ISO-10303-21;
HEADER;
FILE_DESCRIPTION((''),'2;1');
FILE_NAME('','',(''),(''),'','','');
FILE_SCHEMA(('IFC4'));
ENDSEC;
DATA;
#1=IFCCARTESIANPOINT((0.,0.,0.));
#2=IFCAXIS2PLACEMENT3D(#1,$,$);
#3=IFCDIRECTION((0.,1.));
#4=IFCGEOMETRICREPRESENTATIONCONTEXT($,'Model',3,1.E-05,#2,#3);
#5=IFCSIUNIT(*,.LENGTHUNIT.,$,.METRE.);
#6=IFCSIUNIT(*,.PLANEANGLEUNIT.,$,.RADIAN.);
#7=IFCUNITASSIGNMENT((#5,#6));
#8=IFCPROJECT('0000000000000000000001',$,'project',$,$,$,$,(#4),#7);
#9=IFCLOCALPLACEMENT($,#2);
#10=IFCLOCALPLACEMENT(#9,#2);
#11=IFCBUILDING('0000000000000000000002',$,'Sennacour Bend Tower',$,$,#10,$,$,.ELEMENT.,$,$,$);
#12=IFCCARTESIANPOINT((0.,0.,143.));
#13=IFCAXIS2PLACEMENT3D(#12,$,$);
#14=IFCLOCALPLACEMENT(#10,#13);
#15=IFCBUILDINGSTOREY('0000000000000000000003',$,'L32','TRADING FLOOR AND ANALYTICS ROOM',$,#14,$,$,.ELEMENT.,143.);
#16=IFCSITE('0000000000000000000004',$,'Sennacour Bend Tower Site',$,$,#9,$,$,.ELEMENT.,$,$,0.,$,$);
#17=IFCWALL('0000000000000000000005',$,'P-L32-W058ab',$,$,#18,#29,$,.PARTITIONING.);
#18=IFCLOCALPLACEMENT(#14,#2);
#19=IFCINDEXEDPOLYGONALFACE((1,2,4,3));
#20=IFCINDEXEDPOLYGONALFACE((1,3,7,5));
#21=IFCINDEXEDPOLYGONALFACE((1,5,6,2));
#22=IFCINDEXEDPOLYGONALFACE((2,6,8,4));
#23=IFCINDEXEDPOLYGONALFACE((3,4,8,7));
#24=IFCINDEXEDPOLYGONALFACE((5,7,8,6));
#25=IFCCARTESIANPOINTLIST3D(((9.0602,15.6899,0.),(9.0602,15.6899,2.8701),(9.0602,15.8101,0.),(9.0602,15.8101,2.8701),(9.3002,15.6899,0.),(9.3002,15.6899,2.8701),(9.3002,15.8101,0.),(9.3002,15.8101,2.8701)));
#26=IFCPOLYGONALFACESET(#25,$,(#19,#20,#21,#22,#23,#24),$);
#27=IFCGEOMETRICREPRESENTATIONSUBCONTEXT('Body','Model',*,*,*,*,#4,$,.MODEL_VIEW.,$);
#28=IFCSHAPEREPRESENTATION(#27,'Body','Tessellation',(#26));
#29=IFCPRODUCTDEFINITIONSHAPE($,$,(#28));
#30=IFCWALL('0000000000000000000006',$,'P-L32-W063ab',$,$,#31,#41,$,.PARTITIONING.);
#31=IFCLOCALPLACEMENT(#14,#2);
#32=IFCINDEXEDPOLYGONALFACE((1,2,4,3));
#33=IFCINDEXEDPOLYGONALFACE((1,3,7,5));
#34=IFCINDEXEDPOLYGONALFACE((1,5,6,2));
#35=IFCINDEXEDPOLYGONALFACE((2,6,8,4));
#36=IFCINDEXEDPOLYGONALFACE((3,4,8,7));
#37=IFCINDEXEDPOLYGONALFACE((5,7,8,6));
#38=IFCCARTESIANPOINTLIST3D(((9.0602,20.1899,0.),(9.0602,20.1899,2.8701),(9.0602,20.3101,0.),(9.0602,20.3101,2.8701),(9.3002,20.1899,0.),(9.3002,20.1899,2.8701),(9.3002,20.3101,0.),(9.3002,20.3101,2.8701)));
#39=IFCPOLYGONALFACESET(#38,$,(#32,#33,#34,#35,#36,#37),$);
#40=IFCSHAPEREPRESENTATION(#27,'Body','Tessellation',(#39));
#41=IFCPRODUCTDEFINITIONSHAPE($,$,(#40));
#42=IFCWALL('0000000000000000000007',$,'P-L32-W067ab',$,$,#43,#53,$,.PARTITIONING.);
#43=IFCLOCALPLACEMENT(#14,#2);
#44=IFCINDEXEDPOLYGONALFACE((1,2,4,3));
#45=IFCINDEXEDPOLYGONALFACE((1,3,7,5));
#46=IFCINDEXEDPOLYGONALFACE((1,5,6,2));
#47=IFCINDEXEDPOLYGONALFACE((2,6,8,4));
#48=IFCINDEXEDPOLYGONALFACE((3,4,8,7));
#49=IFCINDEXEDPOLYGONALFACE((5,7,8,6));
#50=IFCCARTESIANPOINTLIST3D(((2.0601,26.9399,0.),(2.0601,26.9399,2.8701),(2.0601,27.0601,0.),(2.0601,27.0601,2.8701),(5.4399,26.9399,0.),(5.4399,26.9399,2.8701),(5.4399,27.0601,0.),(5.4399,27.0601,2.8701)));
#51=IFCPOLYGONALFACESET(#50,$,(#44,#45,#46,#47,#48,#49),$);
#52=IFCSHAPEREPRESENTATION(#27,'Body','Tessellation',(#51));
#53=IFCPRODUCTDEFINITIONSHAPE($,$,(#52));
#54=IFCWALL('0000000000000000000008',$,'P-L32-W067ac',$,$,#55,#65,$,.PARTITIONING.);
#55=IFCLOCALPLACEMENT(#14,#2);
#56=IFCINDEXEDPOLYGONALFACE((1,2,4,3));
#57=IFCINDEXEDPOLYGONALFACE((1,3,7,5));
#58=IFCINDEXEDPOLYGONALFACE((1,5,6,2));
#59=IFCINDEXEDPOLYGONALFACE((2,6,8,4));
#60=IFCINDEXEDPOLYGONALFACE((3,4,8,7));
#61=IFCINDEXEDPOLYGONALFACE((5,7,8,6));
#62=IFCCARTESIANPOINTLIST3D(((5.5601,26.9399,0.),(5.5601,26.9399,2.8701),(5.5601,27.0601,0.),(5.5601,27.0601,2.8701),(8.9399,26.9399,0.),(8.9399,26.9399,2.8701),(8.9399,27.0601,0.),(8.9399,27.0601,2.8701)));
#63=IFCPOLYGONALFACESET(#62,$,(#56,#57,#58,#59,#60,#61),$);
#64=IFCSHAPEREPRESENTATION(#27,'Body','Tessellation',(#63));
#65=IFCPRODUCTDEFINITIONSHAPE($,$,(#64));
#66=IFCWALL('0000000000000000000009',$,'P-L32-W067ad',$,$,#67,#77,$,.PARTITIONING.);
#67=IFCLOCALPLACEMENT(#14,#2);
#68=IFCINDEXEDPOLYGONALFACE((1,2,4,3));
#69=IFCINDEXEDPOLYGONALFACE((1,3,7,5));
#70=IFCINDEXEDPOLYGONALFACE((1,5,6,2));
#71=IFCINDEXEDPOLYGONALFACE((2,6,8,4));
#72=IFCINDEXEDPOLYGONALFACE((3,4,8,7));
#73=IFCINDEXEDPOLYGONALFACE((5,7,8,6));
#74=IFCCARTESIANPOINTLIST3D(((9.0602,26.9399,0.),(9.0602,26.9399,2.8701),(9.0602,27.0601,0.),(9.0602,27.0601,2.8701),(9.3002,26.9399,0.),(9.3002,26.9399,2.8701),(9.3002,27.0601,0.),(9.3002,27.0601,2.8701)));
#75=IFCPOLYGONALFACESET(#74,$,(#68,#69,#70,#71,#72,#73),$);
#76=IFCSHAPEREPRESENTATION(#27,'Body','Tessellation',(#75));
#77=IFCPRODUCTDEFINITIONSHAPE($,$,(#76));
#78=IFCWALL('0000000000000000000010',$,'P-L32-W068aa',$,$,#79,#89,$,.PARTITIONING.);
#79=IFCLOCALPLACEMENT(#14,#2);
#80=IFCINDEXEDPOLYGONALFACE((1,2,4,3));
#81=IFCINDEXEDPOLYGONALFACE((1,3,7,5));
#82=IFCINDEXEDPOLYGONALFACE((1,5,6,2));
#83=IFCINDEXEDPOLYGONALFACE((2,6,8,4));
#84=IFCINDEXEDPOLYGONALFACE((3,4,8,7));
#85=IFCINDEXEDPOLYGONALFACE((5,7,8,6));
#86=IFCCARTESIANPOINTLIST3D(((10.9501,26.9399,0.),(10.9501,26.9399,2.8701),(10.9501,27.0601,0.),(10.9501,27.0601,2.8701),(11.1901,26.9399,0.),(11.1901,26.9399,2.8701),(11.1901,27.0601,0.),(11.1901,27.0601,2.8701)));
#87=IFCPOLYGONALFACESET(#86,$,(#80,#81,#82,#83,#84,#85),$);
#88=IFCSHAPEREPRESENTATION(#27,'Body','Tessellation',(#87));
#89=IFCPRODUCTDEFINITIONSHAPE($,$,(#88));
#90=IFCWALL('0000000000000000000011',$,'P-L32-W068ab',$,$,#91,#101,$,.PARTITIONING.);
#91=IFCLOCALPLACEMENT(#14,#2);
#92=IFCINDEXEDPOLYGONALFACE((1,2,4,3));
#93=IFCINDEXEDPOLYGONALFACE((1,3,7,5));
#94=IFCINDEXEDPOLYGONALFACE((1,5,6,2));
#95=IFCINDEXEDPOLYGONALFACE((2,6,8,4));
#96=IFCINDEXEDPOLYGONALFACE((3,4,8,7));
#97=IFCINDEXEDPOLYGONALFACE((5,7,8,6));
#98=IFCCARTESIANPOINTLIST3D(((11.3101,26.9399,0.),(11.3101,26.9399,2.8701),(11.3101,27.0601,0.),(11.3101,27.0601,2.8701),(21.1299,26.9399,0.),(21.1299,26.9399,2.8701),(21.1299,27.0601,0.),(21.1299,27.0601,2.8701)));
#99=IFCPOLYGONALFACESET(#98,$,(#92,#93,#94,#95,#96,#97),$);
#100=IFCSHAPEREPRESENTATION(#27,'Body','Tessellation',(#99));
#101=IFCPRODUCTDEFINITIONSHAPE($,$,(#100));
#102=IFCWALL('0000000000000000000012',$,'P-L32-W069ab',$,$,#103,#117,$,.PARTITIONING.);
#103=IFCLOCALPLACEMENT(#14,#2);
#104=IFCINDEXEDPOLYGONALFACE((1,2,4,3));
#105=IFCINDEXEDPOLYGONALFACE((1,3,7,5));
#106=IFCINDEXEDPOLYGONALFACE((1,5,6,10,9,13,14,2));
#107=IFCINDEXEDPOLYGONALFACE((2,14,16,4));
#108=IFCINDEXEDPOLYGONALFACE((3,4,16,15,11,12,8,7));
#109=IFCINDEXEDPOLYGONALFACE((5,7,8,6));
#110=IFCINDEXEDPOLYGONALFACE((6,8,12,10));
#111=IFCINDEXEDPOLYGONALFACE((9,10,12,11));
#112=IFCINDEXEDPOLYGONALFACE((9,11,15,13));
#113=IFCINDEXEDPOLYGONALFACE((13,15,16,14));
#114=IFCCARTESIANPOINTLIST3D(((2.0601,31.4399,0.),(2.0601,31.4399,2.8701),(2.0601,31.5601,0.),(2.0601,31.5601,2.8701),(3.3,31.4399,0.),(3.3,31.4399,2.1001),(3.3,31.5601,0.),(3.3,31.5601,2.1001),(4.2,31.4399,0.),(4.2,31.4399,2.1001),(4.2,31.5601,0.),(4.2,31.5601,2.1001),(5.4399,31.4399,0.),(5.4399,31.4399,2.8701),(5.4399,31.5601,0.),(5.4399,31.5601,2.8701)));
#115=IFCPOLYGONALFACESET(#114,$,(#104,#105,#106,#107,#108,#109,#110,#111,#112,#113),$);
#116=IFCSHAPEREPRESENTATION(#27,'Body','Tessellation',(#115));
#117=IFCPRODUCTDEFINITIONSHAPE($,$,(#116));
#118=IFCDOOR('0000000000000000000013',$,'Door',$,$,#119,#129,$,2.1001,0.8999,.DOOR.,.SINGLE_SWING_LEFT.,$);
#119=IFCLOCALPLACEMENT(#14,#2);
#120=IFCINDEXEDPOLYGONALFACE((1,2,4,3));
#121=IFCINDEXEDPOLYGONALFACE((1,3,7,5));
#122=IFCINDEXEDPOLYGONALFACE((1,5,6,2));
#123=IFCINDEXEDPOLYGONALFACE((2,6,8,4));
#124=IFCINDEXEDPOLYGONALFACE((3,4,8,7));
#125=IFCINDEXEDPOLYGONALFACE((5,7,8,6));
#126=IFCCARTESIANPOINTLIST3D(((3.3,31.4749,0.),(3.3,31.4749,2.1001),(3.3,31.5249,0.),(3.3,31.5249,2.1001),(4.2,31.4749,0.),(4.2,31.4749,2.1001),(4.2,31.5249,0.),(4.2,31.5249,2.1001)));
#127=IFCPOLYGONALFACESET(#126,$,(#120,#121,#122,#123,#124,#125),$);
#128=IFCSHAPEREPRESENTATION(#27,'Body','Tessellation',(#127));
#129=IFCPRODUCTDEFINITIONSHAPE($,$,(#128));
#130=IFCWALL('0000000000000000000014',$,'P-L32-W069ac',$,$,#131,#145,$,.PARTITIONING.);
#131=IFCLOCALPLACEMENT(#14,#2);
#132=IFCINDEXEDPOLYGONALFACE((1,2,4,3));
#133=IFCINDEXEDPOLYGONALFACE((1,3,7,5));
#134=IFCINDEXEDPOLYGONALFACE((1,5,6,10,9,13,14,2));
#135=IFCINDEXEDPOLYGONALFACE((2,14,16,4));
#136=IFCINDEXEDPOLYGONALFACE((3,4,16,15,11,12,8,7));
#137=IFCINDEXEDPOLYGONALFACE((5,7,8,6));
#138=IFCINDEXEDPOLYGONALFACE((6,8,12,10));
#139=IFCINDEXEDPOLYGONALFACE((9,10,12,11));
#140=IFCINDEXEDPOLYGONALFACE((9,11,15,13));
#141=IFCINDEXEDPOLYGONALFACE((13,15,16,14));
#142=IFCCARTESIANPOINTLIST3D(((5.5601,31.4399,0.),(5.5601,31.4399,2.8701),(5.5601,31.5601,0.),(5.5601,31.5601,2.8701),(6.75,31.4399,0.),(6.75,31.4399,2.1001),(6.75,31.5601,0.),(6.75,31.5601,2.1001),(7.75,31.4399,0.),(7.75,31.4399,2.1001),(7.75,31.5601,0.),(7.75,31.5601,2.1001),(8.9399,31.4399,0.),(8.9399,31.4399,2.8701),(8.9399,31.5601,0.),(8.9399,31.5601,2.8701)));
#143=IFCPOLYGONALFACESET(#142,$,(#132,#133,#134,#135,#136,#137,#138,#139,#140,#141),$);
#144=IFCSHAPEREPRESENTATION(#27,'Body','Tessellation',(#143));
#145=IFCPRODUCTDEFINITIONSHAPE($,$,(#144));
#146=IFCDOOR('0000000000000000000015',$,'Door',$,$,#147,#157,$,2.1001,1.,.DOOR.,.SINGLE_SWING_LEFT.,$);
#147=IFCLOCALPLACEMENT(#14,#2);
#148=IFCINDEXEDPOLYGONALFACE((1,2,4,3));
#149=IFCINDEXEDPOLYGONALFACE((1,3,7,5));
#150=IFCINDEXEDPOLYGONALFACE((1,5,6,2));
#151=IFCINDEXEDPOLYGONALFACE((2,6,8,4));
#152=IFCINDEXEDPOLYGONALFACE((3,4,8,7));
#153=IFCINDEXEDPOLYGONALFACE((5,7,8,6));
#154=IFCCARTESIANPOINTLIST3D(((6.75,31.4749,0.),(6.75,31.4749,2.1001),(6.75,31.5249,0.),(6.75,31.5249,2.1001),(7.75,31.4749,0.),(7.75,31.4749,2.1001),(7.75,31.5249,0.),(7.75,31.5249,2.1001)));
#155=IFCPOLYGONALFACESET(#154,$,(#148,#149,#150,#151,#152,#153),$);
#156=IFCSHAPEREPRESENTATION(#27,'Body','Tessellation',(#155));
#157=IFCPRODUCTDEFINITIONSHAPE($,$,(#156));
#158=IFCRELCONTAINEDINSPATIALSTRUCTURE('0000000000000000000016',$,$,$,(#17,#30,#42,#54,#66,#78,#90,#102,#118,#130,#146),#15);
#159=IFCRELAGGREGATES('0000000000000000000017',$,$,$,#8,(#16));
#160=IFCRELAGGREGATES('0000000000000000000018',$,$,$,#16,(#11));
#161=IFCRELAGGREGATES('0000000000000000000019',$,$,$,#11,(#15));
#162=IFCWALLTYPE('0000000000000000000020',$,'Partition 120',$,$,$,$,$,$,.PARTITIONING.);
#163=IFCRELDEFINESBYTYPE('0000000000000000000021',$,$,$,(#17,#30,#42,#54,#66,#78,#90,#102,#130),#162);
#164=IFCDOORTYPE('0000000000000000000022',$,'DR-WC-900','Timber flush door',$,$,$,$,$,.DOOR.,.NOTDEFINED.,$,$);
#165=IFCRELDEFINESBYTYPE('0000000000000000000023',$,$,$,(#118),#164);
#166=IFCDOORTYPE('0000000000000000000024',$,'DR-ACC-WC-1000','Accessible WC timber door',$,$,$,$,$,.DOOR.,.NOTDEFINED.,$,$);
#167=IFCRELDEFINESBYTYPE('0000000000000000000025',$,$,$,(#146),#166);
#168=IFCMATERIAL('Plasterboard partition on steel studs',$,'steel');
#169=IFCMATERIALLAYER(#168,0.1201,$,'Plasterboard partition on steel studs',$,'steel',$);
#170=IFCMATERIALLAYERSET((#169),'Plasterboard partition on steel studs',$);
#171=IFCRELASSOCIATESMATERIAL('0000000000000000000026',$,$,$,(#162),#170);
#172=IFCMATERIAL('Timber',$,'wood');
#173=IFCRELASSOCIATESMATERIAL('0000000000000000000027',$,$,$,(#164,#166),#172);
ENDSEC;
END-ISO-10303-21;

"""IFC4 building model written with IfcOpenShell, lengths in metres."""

from ifc_helpers import new_model, si_unit, direction, frame, frame_2d, origin, place, context, subcontext, project, spatial, rectangle, extrude, material, layer, layer_set, type_object, element, fill, save


model = new_model("IFC4")

# Units and contexts
model_context = context("Model", 3, precision=1e-05, world=origin(), true_north=direction((0.0, 1.0)))
body_context = subcontext(model_context, "Body", "Model", "MODEL_VIEW")
ifc_project = project(units=[si_unit("LENGTHUNIT", "METRE"), si_unit("PLANEANGLEUNIT", "RADIAN")], contexts=[model_context])

# Site, building, storey
site_placement = place(None, origin())
site = spatial("IfcSite", under=ifc_project, at=site_placement, Name="Sennacour Bend Tower Site", CompositionType="ELEMENT", RefElevation=0.0)
building_placement = place(site_placement, origin())
building = spatial("IfcBuilding", under=site, at=building_placement, Name="Sennacour Bend Tower", CompositionType="ELEMENT")
storey_placement = place(building_placement, frame((0.0, 0.0, 143.0)))
storey = spatial("IfcBuildingStorey", under=building, at=storey_placement, Name="L32", Description="TRADING FLOOR AND ANALYTICS ROOM", CompositionType="ELEMENT", Elevation=143.0)

# Walls
ifc_material_1 = material(Name="Plasterboard partition on steel studs", Category="steel")
ifc_layer = layer(ifc_material_1, 0.1201, Name="Plasterboard partition on steel studs", Category="steel")
ifc_layer_set = layer_set([ifc_layer], Name="Plasterboard partition on steel studs")
wall_type = type_object("IfcWallType", Name="Partition 120", PredefinedType="PARTITIONING", material=ifc_layer_set)
for number, where, z_axis, x_axis, name in (
    (1, (9.0601, 15.75, 0.0), (0.0, 0.0, 1.0), (1.0, 0.0, 0.0), "P-L32-W058ab"),
    (2, (9.0601, 20.25, 0.0), (0.0, 0.0, 1.0), (1.0, 0.0, 0.0), "P-L32-W063ab"),
):
    element("IfcWall", number, at=place(storey_placement, frame(where, z_axis=z_axis, x_axis=x_axis)), inside=storey, type_object=wall_type, Name=name, PredefinedType="PARTITIONING", context=body_context, shape_type="SweptSolid", body=[
        extrude(rectangle(XDim=0.24, YDim=0.1201, at=frame_2d((0.1201, 0.0))), origin(), (0.0, 0.0, 1.0), 2.8701),
    ])
for number, where, z_axis, x_axis, name in (
    (3, (2.0601, 27.0, 0.0), (0.0, 0.0, 1.0), (1.0, 0.0, 0.0), "P-L32-W067ab"),
    (4, (5.5601, 27.0, 0.0), (0.0, 0.0, 1.0), (1.0, 0.0, 0.0), "P-L32-W067ac"),
):
    element("IfcWall", number, at=place(storey_placement, frame(where, z_axis=z_axis, x_axis=x_axis)), inside=storey, type_object=wall_type, Name=name, PredefinedType="PARTITIONING", context=body_context, shape_type="SweptSolid", body=[
        extrude(rectangle(XDim=3.3799, YDim=0.1201, at=frame_2d((1.6899, 0.0))), origin(), (0.0, 0.0, 1.0), 2.8701),
    ])
for number, where, z_axis, x_axis, name in (
    (5, (9.0601, 27.0, 0.0), (0.0, 0.0, 1.0), (1.0, 0.0, 0.0), "P-L32-W067ad"),
    (6, (10.95, 27.0, 0.0), (0.0, 0.0, 1.0), (1.0, 0.0, 0.0), "P-L32-W068aa"),
):
    element("IfcWall", number, at=place(storey_placement, frame(where, z_axis=z_axis, x_axis=x_axis)), inside=storey, type_object=wall_type, Name=name, PredefinedType="PARTITIONING", context=body_context, shape_type="SweptSolid", body=[
        extrude(rectangle(XDim=0.24, YDim=0.1201, at=frame_2d((0.1201, 0.0))), origin(), (0.0, 0.0, 1.0), 2.8701),
    ])
wall_1_placement = place(storey_placement, frame((11.3101, 27.0, 0.0), z_axis=(0.0, 0.0, 1.0), x_axis=(1.0, 0.0, 0.0)))
element("IfcWall", 7, at=wall_1_placement, inside=storey, type_object=wall_type, Name="P-L32-W068ab", PredefinedType="PARTITIONING", context=body_context, shape_type="SweptSolid", body=[
    extrude(rectangle(XDim=9.8198, YDim=0.1201, at=frame_2d((4.9099, 0.0))), origin(), (0.0, 0.0, 1.0), 2.8701),
])

# Walls, openings, doors
wall_2_placement = place(storey_placement, frame((2.0601, 31.5, 0.0), z_axis=(0.0, 0.0, 1.0), x_axis=(1.0, 0.0, 0.0)))
wall_2 = element("IfcWall", 8, at=wall_2_placement, inside=storey, type_object=wall_type, Name="P-L32-W069ab", PredefinedType="PARTITIONING", context=body_context, shape_type="SweptSolid", body=[
    extrude(rectangle(XDim=3.3799, YDim=0.1201, at=frame_2d((1.6899, 0.0))), origin(), (0.0, 0.0, 1.0), 2.8701),
])
opening_1_placement = place(wall_2_placement, frame((1.24, 0.0, 0.0)))
opening_1 = element("IfcOpeningElement", 9, at=opening_1_placement, cuts=wall_2, PredefinedType="OPENING", context=body_context, shape_type="SweptSolid", body=[
    extrude(rectangle(XDim=0.8999, YDim=2.1001, at=frame_2d((0.45, 1.05))), frame((0.0, 0.0701, 0.0), z_axis=(0.0, -1.0, 0.0), x_axis=(1.0, 0.0, 0.0)), (0.0, 0.0, 1.0), 0.1401),
])
ifc_material_2 = material(Name="Timber", Category="wood")
door_type_1 = type_object("IfcDoorType", Name="DR-WC-900", Description="Timber flush door", OperationType="NOTDEFINED", PredefinedType="DOOR", material=ifc_material_2)
door_1_placement = place(opening_1_placement, origin())
door_1 = element("IfcDoor", 10, at=door_1_placement, inside=storey, type_object=door_type_1, Name="Door", OperationType="SINGLE_SWING_LEFT", OverallHeight=2.1001, OverallWidth=0.8999, PredefinedType="DOOR", context=body_context, shape_type="SweptSolid", body=[
    extrude(rectangle(XDim=0.8999, YDim=2.1001, at=frame_2d((0.45, 1.05))), frame((0.0, 0.0249, 0.0), z_axis=(0.0, -1.0, 0.0), x_axis=(1.0, 0.0, 0.0)), (0.0, 0.0, 1.0), 0.05),
])
fill(opening_1, door_1)
wall_3_placement = place(storey_placement, frame((5.5601, 31.5, 0.0), z_axis=(0.0, 0.0, 1.0), x_axis=(1.0, 0.0, 0.0)))
wall_3 = element("IfcWall", 11, at=wall_3_placement, inside=storey, type_object=wall_type, Name="P-L32-W069ac", PredefinedType="PARTITIONING", context=body_context, shape_type="SweptSolid", body=[
    extrude(rectangle(XDim=3.3799, YDim=0.1201, at=frame_2d((1.6899, 0.0))), origin(), (0.0, 0.0, 1.0), 2.8701),
])
opening_2_placement = place(wall_3_placement, frame((1.1899, 0.0, 0.0)))
opening_2 = element("IfcOpeningElement", 12, at=opening_2_placement, cuts=wall_3, PredefinedType="OPENING", context=body_context, shape_type="SweptSolid", body=[
    extrude(rectangle(XDim=1.0, YDim=2.1001, at=frame_2d((0.5, 1.05))), frame((0.0, 0.0701, 0.0), z_axis=(0.0, -1.0, 0.0), x_axis=(1.0, 0.0, 0.0)), (0.0, 0.0, 1.0), 0.1401),
])
door_type_2 = type_object("IfcDoorType", Name="DR-ACC-WC-1000", Description="Accessible WC timber door", OperationType="NOTDEFINED", PredefinedType="DOOR", material=ifc_material_2)
door_2_placement = place(opening_2_placement, origin())
door_2 = element("IfcDoor", 13, at=door_2_placement, inside=storey, type_object=door_type_2, Name="Door", OperationType="SINGLE_SWING_LEFT", OverallHeight=2.1001, OverallWidth=1.0, PredefinedType="DOOR", context=body_context, shape_type="SweptSolid", body=[
    extrude(rectangle(XDim=1.0, YDim=2.1001, at=frame_2d((0.5, 1.05))), frame((0.0, 0.0249, 0.0), z_axis=(0.0, -1.0, 0.0), x_axis=(1.0, 0.0, 0.0)), (0.0, 0.0, 1.0), 0.05),
])
fill(opening_2, door_2)

save(model, "model.ifc")
